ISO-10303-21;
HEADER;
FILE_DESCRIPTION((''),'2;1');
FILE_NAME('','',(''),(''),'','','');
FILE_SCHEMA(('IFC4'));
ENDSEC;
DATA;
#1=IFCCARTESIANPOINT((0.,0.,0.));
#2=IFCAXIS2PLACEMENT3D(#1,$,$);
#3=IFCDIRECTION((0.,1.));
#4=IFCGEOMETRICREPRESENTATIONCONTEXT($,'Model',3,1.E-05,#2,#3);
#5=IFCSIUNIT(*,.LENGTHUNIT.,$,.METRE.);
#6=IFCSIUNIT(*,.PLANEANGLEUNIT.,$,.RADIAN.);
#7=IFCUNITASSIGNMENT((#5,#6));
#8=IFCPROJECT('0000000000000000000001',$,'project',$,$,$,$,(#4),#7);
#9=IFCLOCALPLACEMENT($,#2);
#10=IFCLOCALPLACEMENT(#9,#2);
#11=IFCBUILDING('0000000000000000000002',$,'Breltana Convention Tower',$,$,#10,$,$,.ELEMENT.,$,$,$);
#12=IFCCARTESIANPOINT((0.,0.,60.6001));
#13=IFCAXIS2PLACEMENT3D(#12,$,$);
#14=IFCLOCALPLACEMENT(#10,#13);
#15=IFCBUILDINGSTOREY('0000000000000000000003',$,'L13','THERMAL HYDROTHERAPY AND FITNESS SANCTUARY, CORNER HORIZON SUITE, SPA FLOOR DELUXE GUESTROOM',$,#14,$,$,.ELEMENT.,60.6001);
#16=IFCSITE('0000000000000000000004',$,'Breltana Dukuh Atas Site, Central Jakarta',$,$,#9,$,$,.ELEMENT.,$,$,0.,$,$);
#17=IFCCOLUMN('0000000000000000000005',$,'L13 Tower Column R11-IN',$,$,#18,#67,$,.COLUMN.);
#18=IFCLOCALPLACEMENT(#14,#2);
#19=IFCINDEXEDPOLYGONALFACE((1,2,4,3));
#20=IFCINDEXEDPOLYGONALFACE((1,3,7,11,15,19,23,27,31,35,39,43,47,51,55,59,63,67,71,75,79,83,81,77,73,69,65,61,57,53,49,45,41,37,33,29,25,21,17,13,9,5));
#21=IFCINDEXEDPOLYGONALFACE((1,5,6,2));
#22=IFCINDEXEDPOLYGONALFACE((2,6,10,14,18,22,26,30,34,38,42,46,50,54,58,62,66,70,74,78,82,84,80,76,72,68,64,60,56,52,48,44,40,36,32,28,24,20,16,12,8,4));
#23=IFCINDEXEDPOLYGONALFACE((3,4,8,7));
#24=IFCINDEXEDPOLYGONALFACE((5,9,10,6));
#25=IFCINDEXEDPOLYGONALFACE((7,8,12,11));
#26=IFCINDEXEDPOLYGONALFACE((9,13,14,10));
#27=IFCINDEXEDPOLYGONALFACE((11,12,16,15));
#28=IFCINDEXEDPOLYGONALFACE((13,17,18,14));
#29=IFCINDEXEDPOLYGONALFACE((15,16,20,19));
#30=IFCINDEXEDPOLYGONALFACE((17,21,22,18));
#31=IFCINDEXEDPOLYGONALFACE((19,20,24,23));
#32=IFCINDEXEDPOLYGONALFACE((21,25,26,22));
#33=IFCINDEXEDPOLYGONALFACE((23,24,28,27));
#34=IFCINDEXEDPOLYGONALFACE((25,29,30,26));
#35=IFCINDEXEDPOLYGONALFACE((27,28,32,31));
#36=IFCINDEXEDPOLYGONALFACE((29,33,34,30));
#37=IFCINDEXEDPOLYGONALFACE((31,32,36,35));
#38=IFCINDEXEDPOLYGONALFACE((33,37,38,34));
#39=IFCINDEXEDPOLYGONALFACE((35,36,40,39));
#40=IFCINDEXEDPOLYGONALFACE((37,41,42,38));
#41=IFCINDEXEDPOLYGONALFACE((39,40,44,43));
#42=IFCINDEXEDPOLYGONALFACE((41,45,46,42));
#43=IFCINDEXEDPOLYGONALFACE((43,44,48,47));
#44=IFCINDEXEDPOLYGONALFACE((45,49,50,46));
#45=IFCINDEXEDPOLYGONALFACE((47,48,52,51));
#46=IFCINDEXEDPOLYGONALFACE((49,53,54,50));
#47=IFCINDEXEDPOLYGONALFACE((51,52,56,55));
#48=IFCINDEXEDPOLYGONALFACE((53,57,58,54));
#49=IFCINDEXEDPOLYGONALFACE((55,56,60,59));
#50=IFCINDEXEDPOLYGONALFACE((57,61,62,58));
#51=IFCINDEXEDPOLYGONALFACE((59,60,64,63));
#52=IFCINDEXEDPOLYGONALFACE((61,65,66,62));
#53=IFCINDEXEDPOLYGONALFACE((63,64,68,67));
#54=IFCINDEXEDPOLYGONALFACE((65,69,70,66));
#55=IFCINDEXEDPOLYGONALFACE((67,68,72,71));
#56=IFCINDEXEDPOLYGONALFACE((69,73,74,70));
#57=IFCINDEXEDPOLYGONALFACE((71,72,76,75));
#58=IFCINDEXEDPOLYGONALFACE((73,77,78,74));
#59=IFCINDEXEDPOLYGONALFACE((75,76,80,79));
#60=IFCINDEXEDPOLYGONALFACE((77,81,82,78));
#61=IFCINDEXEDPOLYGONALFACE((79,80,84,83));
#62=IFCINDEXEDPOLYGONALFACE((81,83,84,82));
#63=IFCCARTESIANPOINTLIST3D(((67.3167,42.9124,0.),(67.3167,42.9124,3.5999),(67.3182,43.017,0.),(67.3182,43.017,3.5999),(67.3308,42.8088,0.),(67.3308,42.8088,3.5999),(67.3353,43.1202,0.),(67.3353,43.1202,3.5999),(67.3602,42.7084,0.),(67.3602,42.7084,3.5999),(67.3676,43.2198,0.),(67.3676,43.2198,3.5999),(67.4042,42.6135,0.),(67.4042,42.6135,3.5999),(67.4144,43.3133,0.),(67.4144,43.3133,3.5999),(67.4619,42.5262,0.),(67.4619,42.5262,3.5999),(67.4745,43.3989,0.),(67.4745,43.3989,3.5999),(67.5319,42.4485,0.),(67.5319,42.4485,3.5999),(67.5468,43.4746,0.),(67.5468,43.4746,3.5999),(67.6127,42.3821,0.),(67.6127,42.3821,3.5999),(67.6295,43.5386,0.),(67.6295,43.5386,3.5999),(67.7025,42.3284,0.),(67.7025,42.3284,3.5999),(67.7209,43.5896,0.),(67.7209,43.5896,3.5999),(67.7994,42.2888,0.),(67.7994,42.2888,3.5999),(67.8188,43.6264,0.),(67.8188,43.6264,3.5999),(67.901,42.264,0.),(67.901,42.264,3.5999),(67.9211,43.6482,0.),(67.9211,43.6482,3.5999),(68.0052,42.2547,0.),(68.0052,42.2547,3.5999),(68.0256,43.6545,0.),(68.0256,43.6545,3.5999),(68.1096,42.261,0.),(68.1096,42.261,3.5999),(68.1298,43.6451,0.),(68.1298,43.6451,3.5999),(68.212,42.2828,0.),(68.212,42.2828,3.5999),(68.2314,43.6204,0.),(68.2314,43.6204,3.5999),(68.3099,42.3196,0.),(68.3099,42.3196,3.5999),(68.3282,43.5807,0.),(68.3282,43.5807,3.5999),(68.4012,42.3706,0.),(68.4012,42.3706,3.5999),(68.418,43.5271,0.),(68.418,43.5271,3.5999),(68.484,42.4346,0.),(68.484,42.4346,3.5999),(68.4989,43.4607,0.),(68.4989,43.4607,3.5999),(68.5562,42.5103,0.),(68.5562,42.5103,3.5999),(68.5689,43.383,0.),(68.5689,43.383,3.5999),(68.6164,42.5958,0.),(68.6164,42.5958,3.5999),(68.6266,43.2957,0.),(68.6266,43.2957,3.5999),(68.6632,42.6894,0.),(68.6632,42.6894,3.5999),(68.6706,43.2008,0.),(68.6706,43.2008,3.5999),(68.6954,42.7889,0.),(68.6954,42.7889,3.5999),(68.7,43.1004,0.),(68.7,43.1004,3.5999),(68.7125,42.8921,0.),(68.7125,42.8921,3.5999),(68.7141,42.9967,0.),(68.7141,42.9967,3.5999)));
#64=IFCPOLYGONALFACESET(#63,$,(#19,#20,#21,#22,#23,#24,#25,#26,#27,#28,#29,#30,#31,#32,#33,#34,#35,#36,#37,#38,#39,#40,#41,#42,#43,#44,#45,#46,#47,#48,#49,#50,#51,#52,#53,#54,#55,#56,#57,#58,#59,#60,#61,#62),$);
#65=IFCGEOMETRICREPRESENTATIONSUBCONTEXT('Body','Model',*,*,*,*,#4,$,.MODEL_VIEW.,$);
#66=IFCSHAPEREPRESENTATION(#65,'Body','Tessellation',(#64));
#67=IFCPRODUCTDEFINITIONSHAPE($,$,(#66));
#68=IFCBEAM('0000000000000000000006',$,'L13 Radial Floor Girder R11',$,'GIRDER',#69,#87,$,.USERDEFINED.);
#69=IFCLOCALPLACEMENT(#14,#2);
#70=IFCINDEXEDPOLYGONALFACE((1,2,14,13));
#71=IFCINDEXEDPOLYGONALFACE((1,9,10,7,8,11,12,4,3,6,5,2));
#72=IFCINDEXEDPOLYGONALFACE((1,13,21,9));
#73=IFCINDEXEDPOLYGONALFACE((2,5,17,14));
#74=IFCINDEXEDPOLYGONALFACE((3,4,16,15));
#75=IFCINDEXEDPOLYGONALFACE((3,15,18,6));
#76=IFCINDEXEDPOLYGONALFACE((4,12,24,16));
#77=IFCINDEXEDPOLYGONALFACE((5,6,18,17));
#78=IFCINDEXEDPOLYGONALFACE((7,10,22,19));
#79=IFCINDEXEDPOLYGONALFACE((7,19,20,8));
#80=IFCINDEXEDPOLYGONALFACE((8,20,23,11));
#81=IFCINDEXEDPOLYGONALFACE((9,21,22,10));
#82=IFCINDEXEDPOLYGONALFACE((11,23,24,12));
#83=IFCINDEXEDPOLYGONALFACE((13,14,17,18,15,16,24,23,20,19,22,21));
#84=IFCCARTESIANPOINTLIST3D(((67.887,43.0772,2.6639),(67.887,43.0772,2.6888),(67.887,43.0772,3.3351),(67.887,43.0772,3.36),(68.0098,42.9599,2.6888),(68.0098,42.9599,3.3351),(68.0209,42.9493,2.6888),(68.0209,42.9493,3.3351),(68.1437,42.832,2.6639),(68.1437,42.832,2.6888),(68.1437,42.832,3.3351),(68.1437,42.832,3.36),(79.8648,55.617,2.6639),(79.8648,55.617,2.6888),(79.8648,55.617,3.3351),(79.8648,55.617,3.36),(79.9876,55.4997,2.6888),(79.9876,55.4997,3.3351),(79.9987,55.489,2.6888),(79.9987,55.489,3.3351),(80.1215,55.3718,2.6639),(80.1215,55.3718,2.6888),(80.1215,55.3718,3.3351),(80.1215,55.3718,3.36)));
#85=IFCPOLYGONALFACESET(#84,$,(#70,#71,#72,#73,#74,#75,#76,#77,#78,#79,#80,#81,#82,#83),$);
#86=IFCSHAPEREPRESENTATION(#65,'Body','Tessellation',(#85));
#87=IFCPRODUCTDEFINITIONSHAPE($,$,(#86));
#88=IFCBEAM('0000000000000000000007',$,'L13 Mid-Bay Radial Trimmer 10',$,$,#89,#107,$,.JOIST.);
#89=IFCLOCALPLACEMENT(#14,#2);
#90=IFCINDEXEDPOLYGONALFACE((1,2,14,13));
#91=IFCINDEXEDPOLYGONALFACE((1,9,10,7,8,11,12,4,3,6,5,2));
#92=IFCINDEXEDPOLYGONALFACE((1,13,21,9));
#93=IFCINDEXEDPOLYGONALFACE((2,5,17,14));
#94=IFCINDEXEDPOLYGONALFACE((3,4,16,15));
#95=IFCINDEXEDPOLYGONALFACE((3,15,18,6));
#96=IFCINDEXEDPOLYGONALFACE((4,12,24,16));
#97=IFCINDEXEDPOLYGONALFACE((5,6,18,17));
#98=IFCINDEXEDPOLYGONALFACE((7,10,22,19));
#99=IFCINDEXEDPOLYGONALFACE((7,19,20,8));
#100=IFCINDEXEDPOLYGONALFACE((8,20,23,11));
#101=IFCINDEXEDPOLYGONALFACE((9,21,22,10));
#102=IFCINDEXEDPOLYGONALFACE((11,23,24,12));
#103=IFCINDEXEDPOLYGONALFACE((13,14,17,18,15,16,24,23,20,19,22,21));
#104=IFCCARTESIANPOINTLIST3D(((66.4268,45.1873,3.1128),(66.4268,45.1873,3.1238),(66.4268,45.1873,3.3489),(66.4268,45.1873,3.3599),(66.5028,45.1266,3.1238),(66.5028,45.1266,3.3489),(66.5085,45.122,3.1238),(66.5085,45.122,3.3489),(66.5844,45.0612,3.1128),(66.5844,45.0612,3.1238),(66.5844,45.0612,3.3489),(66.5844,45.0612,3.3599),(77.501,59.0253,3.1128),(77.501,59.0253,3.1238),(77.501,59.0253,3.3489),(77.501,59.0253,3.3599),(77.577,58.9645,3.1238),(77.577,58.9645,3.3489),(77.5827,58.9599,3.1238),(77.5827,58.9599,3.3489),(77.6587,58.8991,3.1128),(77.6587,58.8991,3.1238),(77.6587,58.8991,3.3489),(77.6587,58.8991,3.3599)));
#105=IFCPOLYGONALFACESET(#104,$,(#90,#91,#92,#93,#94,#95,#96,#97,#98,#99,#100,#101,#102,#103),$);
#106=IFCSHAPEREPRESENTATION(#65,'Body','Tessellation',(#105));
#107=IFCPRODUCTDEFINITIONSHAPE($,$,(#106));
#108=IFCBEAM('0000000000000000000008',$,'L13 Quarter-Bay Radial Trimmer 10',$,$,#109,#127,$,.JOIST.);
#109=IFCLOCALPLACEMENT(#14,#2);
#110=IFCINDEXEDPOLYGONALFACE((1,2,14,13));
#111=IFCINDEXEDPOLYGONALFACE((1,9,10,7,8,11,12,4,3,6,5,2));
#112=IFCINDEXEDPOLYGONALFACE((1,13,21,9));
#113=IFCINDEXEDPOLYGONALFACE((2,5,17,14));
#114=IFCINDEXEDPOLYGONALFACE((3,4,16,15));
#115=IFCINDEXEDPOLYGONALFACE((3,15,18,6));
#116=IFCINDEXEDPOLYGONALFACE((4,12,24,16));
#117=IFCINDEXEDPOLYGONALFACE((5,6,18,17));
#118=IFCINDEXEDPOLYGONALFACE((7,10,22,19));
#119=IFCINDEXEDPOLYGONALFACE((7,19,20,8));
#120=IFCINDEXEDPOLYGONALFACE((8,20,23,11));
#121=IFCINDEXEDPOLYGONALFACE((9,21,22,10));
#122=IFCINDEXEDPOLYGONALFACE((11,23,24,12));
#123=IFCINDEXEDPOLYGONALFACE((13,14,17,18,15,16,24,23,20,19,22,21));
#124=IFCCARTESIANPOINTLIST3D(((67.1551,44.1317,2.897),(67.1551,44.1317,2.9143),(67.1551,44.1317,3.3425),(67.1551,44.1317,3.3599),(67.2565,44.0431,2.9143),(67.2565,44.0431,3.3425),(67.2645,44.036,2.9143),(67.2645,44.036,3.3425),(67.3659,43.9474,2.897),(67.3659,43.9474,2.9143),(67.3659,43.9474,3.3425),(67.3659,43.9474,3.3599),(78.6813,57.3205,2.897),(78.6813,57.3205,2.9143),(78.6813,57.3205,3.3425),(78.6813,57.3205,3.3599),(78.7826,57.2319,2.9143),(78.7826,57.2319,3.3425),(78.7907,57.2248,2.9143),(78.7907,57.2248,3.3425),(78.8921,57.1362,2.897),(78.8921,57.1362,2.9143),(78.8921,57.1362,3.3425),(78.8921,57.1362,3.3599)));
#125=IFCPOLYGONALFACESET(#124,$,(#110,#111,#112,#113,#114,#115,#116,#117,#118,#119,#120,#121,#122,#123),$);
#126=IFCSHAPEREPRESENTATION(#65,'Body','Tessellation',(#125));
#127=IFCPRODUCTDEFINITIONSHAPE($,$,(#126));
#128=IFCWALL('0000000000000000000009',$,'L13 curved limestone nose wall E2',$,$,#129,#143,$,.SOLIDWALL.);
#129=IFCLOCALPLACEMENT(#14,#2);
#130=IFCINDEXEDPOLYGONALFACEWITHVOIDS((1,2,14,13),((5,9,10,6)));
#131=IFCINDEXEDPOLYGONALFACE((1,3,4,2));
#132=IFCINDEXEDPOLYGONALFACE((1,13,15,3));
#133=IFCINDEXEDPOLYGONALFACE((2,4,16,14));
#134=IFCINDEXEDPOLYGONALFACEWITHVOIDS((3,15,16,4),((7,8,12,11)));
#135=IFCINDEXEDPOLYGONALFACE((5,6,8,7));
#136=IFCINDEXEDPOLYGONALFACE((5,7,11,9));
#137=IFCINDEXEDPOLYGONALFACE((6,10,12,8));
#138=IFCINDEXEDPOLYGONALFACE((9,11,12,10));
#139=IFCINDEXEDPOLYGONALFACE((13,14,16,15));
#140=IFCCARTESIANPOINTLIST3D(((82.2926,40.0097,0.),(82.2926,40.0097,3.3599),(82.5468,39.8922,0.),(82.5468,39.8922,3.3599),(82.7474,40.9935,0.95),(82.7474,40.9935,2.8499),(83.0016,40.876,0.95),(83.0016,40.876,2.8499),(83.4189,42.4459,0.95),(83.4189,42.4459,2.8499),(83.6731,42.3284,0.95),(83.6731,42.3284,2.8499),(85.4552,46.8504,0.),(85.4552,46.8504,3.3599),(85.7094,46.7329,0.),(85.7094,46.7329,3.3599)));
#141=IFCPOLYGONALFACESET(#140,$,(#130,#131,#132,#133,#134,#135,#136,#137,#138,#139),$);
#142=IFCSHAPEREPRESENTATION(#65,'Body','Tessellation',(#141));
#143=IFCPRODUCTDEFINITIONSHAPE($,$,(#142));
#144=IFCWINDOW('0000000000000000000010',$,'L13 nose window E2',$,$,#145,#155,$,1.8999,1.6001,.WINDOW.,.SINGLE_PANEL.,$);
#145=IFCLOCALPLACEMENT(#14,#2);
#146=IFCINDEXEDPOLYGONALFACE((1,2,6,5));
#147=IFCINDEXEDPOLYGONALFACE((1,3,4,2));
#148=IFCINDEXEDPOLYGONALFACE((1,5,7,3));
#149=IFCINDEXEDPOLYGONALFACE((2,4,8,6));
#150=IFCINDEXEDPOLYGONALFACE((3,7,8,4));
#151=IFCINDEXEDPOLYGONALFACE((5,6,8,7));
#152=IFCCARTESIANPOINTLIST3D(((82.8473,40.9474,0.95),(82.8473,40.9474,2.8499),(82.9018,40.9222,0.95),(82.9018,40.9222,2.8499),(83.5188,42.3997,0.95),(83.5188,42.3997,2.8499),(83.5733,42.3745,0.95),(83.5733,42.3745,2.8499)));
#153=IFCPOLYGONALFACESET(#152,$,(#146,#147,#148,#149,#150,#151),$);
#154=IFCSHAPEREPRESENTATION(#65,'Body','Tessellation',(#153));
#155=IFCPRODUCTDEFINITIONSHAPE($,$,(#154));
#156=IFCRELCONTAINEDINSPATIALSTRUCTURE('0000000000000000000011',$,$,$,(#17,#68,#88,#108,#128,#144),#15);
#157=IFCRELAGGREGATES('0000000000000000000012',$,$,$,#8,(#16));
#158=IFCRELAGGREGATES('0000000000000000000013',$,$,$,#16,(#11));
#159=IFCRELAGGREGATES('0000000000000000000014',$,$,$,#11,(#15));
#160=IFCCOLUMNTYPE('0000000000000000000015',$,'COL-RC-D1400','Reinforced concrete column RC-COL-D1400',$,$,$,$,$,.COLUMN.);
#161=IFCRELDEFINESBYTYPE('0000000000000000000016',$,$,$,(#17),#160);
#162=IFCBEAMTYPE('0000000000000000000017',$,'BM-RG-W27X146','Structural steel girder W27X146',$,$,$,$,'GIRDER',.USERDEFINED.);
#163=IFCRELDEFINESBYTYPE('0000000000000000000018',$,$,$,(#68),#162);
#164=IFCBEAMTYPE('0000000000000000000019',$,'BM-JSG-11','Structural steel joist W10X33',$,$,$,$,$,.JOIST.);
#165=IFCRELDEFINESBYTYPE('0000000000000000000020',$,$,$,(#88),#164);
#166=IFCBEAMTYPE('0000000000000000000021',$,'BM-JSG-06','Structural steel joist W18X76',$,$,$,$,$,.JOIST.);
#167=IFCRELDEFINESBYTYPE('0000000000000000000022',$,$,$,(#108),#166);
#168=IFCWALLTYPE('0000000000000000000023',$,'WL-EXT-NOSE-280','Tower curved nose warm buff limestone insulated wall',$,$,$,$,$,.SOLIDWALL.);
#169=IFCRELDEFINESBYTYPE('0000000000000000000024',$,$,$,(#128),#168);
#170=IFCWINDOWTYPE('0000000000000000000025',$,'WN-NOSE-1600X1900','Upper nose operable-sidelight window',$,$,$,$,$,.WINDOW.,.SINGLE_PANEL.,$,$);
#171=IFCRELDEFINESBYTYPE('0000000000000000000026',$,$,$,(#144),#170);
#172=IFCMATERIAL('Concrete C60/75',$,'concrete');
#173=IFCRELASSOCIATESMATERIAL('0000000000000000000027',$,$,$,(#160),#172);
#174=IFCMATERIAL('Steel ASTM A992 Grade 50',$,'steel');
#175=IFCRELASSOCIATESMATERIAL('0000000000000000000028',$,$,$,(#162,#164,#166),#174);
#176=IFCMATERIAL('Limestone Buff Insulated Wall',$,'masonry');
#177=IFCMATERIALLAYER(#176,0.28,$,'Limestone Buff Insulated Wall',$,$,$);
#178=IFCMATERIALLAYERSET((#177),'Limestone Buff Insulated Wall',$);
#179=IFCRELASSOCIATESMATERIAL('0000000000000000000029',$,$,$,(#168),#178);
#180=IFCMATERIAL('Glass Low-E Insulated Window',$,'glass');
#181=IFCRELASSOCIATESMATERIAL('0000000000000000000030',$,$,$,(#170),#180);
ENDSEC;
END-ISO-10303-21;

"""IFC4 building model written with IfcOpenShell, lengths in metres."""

from ifc_helpers import new_model, si_unit, direction, frame, frame_2d, origin, origin_2d, place, context, subcontext, project, spatial, rectangle, circle, i_section, extrude, source, transform, mapped, material, layer, layer_set, material_profile, profile_set, type_object, type_shapes, element, fill, save


model = new_model("IFC4")

# Units and contexts
model_context = context("Model", 3, precision=1e-05, world=origin(), true_north=direction((0.0, 1.0)))
body_context = subcontext(model_context, "Body", "Model", "MODEL_VIEW")
ifc_project = project(units=[si_unit("LENGTHUNIT", "METRE"), si_unit("PLANEANGLEUNIT", "RADIAN")], contexts=[model_context])

# Site, building, storey
site_placement = place(None, origin())
site = spatial("IfcSite", under=ifc_project, at=site_placement, Name="Breltana Dukuh Atas Site, Central Jakarta", CompositionType="ELEMENT", RefElevation=0.0)
building_placement = place(site_placement, origin())
building = spatial("IfcBuilding", under=site, at=building_placement, Name="Breltana Convention Tower", CompositionType="ELEMENT")
storey_placement = place(building_placement, frame((0.0, 0.0, 60.6001)))
storey = spatial("IfcBuildingStorey", under=building, at=storey_placement, Name="L13", Description="THERMAL HYDROTHERAPY AND FITNESS SANCTUARY, CORNER HORIZON SUITE, SPA FLOOR DELUXE GUESTROOM", CompositionType="ELEMENT", Elevation=60.6001)

# Column
ifc_material_1 = material(Name="Concrete C60/75", Category="concrete")
ifc_material_profile_1 = material_profile(ifc_material_1, circle(Radius=0.7, at=origin_2d()), Name="RC-COL-D1400")
ifc_profile_set_1 = profile_set([ifc_material_profile_1], Name="Concrete C60/75")
column_type = type_object("IfcColumnType", Name="COL-RC-D1400", Description="Reinforced concrete column RC-COL-D1400", PredefinedType="COLUMN", material=ifc_profile_set_1)
shared_shape_1 = source(origin(), body_context, "Body", "SweptSolid", [
    extrude(circle(Radius=0.7, at=origin_2d()), origin(), (0.0, 0.0, 1.0), 3.5999),
])
column_placement = place(storey_placement, frame((68.0154, 42.9546, 0.0), z_axis=(0.0, 0.0, 1.0), x_axis=(0.690756, 0.723088, 0.0)))
element("IfcColumn", 1, at=column_placement, inside=storey, type_object=column_type, Name="L13 Tower Column R11-IN", PredefinedType="COLUMN", context=body_context, shape_type="MappedRepresentation", body=[
    mapped(shared_shape_1, transform((0.0, 0.0, 0.0), scale=1.0)),
])

# Beams
ifc_material_2 = material(Name="Steel ASTM A992 Grade 50", Category="steel")
ifc_material_profile_2 = material_profile(ifc_material_2, i_section(OverallWidth=0.355, OverallDepth=0.696, WebThickness=0.0154, FlangeThickness=0.0249, at=origin_2d()), Name="W27X146")
ifc_profile_set_2 = profile_set([ifc_material_profile_2], Name="Steel ASTM A992 Grade 50")
beam_type_1 = type_object("IfcBeamType", Name="BM-RG-W27X146", Description="Structural steel girder W27X146", ElementType="GIRDER", PredefinedType="USERDEFINED", material=ifc_profile_set_2)
shared_shape_2 = source(origin(), body_context, "Body", "SweptSolid", [
    extrude(i_section(OverallWidth=0.355, OverallDepth=0.696, WebThickness=0.0154, FlangeThickness=0.0249, at=origin_2d()), origin(), (0.0, 0.0, 1.0), 17.3411),
])
type_shapes(beam_type_1, [shared_shape_2])
beam_1_placement = place(storey_placement, frame((68.0154, 42.9546, 3.012), z_axis=(0.690716, 0.723126, 0.0), x_axis=(-0.723126, 0.690716, 0.0)))
element("IfcBeam", 2, at=beam_1_placement, inside=storey, type_object=beam_type_1, Name="L13 Radial Floor Girder R11", ObjectType="GIRDER", PredefinedType="USERDEFINED", context=body_context, shape_type="MappedRepresentation", body=[
    mapped(shared_shape_2, transform((0.0, 0.0, 0.0), scale=1.0)),
])
ifc_material_profile_3 = material_profile(ifc_material_2, i_section(OverallWidth=0.2019, OverallDepth=0.2471, WebThickness=0.0073, FlangeThickness=0.011, at=origin_2d()), Name="W10X33")
ifc_profile_set_3 = profile_set([ifc_material_profile_3], Name="Steel ASTM A992 Grade 50")
beam_type_2 = type_object("IfcBeamType", Name="BM-JSG-11", Description="Structural steel joist W10X33", PredefinedType="JOIST", material=ifc_profile_set_3)
shared_shape_3 = source(origin(), body_context, "Body", "SweptSolid", [
    extrude(i_section(OverallWidth=0.2019, OverallDepth=0.2471, WebThickness=0.0073, FlangeThickness=0.011, at=origin_2d()), origin(), (0.0, 0.0, 1.0), 17.7236),
])
beam_2_placement = place(storey_placement, frame((66.5056, 45.1243, 3.2363), z_axis=(0.624829, 0.780761, 0.0), x_axis=(-0.780761, 0.624829, 0.0)))
element("IfcBeam", 3, at=beam_2_placement, inside=storey, type_object=beam_type_2, Name="L13 Mid-Bay Radial Trimmer 10", PredefinedType="JOIST", context=body_context, shape_type="MappedRepresentation", body=[
    mapped(shared_shape_3, transform((0.0, 0.0, 0.0), scale=1.0)),
])
ifc_material_profile_4 = material_profile(ifc_material_2, i_section(OverallWidth=0.28, OverallDepth=0.4629, WebThickness=0.0107, FlangeThickness=0.0173, at=origin_2d()), Name="W18X76")
ifc_profile_set_4 = profile_set([ifc_material_profile_4], Name="Steel ASTM A992 Grade 50")
beam_type_3 = type_object("IfcBeamType", Name="BM-JSG-06", Description="Structural steel joist W18X76", PredefinedType="JOIST", material=ifc_profile_set_4)
shared_shape_4 = source(origin(), body_context, "Body", "SweptSolid", [
    extrude(i_section(OverallWidth=0.28, OverallDepth=0.4629, WebThickness=0.0107, FlangeThickness=0.0173, at=origin_2d()), origin(), (0.0, 0.0, 1.0), 17.5156),
])
beam_3_placement = place(storey_placement, frame((67.2605, 44.0396, 3.1284), z_axis=(0.658052, 0.752973, 0.0), x_axis=(-0.752973, 0.658052, 0.0)))
element("IfcBeam", 4, at=beam_3_placement, inside=storey, type_object=beam_type_3, Name="L13 Quarter-Bay Radial Trimmer 10", PredefinedType="JOIST", context=body_context, shape_type="MappedRepresentation", body=[
    mapped(shared_shape_4, transform((0.0, 0.0, 0.0), scale=1.0)),
])

# Wall, opening, window
ifc_material_3 = material(Name="Limestone Buff Insulated Wall", Category="masonry")
ifc_layer_1 = layer(ifc_material_3, 0.28, Name="Limestone Buff Insulated Wall")
ifc_layer_set_1 = layer_set([ifc_layer_1], Name="Limestone Buff Insulated Wall")
wall_type_1 = type_object("IfcWallType", Name="WL-EXT-NOSE-280", Description="Tower curved nose warm buff limestone insulated wall", PredefinedType="SOLIDWALL", material=ifc_layer_set_1)
shared_shape_5 = source(origin(), body_context, "Body", "SweptSolid", [
    extrude(rectangle(XDim=7.5364, YDim=0.28, at=frame_2d((3.7681, 0.0))), origin(), (0.0, 0.0, 1.0), 3.3599),
])
wall_1_placement = place(storey_placement, frame((85.5823, 46.7915, 0.0), z_axis=(0.0, 0.0, 1.0), x_axis=(-0.41965, -0.907686, 0.0)))
wall_1 = element("IfcWall", 5, at=wall_1_placement, inside=storey, type_object=wall_type_1, Name="L13 curved limestone nose wall E2", PredefinedType="SOLIDWALL", context=body_context, shape_type="MappedRepresentation", body=[
    mapped(shared_shape_5, transform((0.0, 0.0, 0.0), scale=1.0)),
])
opening_1_placement = place(wall_1_placement, frame((4.8523, 0.0, 0.95)))
opening_1 = element("IfcOpeningElement", 6, at=opening_1_placement, cuts=wall_1, PredefinedType="OPENING", context=body_context, shape_type="SweptSolid", body=[
    extrude(rectangle(XDim=1.6001, YDim=1.8999, at=frame_2d((0.8, 0.95))), frame((0.0, 0.1499, 0.0), z_axis=(0.0, -1.0, 0.0), x_axis=(1.0, 0.0, 0.0)), (0.0, 0.0, 1.0), 0.3),
])
ifc_material_4 = material(Name="Glass Low-E Insulated Window", Category="glass")
window_type = type_object("IfcWindowType", Name="WN-NOSE-1600X1900", Description="Upper nose operable-sidelight window", PartitioningType="SINGLE_PANEL", PredefinedType="WINDOW", material=ifc_material_4)
shared_shape_6 = source(origin(), body_context, "Body", "SweptSolid", [
    extrude(rectangle(XDim=1.6001, YDim=1.8999, at=frame_2d((0.8, 0.95))), frame((0.0, 0.03, 0.0), z_axis=(0.0, -1.0, 0.0), x_axis=(1.0, 0.0, 0.0)), (0.0, 0.0, 1.0), 0.0601),
])
type_shapes(window_type, [shared_shape_6])
window_1_placement = place(opening_1_placement, origin())
window_1 = element("IfcWindow", 7, at=window_1_placement, inside=storey, type_object=window_type, Name="L13 nose window E2", OverallHeight=1.8999, OverallWidth=1.6001, PartitioningType="SINGLE_PANEL", PredefinedType="WINDOW", context=body_context, shape_type="MappedRepresentation", body=[
    mapped(shared_shape_6, transform((0.0, 0.0, 0.0), scale=1.0)),
])
fill(opening_1, window_1)

save(model, "model.ifc")
